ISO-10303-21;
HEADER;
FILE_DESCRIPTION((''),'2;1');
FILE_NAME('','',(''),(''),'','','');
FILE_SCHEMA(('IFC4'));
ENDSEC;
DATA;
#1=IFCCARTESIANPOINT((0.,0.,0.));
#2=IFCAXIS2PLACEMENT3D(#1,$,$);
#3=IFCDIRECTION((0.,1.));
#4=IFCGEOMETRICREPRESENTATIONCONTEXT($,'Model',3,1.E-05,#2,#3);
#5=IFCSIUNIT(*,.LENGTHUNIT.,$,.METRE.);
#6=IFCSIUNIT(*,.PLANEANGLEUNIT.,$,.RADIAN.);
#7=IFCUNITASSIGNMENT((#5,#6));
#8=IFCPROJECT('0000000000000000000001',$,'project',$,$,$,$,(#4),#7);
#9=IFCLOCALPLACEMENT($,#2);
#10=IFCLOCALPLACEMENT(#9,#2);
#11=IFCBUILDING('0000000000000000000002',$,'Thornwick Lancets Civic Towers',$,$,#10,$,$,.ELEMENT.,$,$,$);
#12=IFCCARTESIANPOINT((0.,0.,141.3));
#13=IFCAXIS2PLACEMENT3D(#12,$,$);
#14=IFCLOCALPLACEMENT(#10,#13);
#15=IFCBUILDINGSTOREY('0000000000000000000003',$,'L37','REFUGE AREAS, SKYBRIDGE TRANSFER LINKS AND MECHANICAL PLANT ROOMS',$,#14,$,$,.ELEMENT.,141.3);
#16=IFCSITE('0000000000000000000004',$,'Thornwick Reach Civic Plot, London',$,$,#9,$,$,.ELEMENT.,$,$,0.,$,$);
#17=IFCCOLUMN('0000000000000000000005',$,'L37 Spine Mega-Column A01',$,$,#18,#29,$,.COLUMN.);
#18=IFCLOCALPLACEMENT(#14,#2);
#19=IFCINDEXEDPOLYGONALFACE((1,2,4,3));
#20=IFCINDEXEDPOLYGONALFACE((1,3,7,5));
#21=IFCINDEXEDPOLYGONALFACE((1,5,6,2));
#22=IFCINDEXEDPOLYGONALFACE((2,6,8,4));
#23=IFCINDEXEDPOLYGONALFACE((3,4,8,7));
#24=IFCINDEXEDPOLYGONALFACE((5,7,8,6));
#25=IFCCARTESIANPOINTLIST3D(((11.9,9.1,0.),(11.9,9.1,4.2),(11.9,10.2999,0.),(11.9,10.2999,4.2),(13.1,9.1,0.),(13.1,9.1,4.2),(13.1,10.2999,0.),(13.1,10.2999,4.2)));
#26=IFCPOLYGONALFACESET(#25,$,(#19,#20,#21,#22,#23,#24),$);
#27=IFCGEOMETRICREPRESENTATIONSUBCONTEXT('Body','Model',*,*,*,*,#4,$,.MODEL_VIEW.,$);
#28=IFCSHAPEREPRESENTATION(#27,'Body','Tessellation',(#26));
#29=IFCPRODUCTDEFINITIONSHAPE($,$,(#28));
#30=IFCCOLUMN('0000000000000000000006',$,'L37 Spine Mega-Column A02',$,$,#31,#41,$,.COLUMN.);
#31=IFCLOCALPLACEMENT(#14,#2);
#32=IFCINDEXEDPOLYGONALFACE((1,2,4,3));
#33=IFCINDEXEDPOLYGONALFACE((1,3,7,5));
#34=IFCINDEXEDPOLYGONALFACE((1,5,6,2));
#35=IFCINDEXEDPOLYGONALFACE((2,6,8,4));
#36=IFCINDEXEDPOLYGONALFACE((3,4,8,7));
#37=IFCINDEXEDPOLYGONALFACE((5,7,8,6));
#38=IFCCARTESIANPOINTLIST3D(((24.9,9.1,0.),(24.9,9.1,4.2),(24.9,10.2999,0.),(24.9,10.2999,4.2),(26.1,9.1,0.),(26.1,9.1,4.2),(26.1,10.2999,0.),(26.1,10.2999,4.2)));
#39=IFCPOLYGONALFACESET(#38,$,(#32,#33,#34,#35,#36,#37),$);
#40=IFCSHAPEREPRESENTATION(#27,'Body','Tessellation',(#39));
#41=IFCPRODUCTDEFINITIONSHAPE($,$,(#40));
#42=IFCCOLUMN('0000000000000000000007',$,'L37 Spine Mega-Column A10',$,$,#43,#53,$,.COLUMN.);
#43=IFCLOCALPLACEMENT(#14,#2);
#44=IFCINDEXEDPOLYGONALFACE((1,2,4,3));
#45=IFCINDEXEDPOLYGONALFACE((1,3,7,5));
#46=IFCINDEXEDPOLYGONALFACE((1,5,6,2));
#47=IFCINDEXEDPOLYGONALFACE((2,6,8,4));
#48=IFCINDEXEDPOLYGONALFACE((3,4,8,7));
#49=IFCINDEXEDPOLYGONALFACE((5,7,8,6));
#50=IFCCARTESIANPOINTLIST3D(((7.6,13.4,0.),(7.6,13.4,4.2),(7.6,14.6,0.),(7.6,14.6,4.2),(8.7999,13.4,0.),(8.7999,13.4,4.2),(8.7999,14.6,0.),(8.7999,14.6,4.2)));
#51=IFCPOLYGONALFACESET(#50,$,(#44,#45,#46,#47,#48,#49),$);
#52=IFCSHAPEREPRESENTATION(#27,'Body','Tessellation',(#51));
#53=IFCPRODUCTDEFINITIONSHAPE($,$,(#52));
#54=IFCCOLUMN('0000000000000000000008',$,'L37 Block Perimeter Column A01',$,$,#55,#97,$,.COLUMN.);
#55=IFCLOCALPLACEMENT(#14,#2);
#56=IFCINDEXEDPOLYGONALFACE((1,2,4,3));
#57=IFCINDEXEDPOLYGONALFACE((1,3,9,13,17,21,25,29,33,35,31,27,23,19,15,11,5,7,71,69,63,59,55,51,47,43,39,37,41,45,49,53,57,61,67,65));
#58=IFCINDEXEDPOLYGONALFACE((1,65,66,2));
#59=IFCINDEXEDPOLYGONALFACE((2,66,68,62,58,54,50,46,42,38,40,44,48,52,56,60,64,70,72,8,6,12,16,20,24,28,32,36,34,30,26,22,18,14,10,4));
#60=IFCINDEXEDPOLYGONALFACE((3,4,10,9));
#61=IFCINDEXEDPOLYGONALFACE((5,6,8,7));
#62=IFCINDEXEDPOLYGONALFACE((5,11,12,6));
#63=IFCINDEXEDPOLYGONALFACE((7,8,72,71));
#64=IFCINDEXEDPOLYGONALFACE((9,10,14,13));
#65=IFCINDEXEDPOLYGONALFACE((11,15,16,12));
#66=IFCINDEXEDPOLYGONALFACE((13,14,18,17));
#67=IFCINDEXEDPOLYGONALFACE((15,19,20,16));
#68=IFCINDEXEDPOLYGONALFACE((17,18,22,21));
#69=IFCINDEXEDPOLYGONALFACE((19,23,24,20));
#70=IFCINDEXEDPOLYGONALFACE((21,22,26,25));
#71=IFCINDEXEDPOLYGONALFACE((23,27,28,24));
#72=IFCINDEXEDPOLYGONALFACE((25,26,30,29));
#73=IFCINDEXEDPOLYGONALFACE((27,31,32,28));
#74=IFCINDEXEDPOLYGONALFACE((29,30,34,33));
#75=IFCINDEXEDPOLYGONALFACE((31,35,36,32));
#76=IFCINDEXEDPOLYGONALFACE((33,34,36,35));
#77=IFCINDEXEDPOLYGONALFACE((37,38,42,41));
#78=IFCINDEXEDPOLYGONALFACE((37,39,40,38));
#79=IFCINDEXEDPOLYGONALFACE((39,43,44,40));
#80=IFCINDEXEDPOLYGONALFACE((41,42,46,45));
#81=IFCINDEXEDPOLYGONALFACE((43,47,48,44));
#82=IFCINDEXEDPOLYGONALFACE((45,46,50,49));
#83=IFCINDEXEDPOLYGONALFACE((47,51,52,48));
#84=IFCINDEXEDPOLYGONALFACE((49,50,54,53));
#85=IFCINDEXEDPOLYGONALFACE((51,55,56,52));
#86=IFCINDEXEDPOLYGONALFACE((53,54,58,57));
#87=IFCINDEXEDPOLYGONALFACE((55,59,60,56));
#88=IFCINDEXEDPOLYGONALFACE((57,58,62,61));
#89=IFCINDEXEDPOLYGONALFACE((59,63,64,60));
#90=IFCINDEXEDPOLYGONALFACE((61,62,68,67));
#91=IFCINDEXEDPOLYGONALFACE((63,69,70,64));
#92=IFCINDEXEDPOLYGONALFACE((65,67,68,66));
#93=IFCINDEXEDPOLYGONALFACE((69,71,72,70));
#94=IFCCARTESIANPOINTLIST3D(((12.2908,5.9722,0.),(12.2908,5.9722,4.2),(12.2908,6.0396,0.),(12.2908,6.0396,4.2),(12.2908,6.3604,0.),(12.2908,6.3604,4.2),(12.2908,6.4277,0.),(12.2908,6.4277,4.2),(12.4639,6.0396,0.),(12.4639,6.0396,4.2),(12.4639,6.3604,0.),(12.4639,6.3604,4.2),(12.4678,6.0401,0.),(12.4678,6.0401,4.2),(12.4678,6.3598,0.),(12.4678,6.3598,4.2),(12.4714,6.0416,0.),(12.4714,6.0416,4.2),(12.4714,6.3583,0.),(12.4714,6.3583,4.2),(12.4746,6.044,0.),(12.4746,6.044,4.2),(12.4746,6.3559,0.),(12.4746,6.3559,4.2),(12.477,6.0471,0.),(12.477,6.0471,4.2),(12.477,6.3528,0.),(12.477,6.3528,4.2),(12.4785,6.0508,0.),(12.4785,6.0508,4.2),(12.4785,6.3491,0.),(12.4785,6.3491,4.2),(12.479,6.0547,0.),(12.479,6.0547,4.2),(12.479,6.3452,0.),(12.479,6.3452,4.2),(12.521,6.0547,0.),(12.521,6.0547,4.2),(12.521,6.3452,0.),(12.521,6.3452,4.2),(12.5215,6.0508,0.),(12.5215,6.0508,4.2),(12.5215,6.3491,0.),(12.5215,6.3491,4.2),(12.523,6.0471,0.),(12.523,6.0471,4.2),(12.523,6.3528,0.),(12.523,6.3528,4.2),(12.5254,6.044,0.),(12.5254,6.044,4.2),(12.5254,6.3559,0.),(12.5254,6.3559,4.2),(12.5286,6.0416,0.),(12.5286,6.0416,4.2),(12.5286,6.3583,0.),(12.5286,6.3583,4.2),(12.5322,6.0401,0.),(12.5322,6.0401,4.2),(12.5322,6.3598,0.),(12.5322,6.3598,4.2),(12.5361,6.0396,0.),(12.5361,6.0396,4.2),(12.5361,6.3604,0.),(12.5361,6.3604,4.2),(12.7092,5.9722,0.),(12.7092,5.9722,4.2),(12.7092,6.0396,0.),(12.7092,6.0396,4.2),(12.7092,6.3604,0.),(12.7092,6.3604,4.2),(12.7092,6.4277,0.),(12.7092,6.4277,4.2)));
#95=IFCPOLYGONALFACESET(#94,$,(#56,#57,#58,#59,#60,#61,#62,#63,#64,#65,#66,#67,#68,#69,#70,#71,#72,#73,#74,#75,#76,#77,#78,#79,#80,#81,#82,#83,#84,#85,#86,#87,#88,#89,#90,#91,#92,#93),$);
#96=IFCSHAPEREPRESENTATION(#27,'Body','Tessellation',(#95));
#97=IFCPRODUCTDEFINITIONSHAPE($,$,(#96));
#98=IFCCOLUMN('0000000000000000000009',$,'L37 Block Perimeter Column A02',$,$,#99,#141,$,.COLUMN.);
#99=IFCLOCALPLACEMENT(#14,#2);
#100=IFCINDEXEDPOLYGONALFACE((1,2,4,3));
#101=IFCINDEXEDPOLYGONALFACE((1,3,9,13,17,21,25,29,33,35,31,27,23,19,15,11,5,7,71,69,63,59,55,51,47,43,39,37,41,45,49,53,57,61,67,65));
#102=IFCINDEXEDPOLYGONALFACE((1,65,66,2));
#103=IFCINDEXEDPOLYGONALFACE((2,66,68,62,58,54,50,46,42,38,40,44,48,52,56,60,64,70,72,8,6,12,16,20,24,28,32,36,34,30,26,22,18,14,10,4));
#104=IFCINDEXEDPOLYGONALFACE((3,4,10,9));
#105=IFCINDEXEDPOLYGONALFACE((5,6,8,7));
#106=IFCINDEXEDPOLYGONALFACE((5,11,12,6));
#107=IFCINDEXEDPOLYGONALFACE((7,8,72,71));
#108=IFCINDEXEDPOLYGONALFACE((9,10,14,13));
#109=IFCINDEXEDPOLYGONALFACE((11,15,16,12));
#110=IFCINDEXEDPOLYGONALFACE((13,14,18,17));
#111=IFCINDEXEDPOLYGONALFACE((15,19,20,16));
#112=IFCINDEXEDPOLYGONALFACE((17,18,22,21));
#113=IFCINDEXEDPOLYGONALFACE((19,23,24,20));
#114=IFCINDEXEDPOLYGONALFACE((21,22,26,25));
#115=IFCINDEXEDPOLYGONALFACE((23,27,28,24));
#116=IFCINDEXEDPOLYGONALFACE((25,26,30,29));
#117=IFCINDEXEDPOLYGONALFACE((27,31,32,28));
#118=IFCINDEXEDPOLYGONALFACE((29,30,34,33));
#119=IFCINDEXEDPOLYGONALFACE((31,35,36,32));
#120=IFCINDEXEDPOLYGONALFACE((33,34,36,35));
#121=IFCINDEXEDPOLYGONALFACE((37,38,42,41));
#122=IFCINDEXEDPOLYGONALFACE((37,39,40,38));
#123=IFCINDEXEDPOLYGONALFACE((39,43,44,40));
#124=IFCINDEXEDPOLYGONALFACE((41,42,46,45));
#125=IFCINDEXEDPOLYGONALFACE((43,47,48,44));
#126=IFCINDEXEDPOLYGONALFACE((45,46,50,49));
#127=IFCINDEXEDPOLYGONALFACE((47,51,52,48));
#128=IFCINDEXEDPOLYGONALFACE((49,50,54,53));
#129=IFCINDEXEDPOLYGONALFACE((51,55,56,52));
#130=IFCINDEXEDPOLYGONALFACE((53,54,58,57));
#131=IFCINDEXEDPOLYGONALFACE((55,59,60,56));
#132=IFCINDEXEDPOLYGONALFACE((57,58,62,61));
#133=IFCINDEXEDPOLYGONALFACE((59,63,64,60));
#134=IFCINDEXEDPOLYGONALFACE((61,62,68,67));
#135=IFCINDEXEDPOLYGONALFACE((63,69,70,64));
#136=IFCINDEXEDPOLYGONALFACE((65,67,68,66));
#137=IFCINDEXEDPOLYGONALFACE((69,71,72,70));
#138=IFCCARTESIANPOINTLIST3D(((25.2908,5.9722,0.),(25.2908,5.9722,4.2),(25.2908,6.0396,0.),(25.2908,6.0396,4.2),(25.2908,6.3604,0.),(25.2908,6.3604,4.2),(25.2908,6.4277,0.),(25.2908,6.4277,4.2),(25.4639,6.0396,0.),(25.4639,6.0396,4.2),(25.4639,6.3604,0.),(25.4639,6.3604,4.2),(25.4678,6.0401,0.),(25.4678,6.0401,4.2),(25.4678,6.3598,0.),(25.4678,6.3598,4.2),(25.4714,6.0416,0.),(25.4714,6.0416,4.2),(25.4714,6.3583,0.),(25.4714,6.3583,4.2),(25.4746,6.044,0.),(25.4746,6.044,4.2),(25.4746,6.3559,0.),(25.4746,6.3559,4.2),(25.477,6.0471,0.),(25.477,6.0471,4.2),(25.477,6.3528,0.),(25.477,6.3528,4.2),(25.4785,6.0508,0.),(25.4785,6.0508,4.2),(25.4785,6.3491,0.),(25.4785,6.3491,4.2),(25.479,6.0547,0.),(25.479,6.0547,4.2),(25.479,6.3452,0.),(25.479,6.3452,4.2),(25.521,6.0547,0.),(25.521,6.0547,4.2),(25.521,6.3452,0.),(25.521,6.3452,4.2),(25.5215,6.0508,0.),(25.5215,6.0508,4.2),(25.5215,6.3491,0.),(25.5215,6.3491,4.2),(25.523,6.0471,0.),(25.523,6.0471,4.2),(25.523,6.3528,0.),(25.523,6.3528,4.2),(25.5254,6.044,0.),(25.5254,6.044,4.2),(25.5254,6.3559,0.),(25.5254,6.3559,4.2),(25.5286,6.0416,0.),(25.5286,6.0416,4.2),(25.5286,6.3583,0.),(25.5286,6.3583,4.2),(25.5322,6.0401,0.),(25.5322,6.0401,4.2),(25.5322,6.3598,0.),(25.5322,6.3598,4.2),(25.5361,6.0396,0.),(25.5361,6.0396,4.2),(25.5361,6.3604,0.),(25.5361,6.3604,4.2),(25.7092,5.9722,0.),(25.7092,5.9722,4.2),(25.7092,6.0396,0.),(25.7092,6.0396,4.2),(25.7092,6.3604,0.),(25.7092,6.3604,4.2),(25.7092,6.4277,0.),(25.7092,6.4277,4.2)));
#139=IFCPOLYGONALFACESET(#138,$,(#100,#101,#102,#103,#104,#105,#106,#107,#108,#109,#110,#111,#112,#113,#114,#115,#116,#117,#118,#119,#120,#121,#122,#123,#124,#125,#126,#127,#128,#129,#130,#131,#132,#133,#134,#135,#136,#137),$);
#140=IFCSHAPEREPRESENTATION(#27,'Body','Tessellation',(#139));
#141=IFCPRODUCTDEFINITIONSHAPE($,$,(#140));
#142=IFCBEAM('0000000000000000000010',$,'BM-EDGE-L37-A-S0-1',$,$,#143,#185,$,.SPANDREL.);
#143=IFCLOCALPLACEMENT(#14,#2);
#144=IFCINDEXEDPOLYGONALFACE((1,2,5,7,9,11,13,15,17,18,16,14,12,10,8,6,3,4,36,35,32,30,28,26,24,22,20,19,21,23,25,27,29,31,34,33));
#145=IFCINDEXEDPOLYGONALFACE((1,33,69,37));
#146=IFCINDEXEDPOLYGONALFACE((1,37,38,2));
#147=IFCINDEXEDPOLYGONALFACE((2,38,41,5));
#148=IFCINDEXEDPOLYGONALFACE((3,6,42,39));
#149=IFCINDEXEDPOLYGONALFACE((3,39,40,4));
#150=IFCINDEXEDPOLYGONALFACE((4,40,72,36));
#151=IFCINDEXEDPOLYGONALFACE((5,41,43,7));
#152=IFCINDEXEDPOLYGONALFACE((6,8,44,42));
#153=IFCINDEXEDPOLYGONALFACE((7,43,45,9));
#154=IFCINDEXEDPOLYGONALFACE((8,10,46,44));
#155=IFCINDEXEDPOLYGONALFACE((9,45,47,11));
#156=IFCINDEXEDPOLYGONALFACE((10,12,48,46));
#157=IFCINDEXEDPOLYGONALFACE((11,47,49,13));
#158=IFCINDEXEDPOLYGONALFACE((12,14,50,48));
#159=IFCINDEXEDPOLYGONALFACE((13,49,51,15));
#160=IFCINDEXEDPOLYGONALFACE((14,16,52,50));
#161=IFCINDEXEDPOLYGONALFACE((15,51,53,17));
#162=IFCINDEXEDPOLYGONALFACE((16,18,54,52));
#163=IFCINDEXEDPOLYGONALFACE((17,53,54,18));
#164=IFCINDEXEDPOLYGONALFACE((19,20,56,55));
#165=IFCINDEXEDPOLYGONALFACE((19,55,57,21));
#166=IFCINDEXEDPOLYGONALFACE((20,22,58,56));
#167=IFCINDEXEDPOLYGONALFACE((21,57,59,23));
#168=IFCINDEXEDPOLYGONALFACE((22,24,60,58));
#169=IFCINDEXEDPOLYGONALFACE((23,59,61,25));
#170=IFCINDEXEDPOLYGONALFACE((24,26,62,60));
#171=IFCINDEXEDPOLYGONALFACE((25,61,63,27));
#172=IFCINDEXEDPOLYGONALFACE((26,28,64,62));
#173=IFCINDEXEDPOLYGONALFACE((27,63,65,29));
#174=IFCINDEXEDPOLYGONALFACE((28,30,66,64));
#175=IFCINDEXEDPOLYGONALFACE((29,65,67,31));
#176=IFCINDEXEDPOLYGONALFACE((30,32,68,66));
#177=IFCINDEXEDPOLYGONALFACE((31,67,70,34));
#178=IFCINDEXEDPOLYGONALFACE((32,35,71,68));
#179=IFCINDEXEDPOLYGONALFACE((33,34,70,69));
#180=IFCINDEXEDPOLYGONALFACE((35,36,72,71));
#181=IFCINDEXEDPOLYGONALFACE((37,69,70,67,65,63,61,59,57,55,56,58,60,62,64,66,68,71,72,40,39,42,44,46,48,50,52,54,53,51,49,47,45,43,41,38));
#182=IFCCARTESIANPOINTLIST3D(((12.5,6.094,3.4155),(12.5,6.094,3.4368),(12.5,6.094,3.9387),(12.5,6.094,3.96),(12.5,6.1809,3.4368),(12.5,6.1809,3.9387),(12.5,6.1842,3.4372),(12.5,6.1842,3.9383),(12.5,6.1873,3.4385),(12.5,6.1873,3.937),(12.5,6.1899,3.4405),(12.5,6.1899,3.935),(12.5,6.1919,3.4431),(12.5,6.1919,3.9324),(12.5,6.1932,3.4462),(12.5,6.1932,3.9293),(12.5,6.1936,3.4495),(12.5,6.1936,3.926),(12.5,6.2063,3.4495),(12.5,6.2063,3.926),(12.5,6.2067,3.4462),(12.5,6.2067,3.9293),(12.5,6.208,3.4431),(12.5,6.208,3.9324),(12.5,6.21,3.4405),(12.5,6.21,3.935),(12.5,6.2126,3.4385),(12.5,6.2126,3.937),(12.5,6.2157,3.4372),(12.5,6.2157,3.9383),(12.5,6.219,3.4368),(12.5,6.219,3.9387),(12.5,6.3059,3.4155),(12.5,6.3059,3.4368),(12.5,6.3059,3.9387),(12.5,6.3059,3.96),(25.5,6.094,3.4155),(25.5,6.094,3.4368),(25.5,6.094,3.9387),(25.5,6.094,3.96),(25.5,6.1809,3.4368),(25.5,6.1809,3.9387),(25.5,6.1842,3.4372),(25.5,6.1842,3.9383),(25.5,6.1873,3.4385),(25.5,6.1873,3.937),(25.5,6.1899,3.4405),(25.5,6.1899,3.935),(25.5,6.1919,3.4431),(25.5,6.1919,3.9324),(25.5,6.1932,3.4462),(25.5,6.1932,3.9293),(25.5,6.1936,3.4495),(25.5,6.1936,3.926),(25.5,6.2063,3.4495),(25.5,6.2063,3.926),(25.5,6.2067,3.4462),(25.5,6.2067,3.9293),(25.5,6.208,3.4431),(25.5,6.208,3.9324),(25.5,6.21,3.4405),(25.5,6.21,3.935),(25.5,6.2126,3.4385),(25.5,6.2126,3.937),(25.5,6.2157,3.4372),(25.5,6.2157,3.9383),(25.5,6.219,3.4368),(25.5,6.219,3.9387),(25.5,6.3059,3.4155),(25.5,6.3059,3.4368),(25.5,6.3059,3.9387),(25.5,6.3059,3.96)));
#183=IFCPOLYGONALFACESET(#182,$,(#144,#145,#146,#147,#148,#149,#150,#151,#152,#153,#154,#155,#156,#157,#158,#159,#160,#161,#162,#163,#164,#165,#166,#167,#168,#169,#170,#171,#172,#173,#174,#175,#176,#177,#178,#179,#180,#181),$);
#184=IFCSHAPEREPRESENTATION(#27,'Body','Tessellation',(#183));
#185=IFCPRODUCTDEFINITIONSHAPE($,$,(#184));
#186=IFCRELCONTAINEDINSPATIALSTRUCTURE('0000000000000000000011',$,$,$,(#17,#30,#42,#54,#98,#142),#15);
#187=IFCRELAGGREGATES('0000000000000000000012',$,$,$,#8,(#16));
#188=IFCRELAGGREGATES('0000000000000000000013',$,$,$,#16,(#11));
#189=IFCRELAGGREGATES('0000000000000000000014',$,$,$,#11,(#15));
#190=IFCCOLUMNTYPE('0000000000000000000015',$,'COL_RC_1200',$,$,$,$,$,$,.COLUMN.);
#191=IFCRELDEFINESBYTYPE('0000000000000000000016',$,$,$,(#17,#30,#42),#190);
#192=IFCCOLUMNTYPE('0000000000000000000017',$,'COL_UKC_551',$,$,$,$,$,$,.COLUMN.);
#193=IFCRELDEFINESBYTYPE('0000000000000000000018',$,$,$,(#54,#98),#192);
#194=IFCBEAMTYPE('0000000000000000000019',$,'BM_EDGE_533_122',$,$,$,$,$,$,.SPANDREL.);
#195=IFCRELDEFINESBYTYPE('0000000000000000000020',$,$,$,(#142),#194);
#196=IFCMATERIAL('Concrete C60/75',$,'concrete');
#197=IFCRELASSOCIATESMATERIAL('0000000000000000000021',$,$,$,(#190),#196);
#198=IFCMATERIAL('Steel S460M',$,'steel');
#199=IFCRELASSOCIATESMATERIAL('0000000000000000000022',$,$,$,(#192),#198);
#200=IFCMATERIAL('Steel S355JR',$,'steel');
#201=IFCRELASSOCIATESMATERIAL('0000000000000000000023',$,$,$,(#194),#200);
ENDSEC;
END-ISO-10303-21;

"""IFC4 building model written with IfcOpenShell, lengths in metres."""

from ifc_helpers import new_model, si_unit, direction, frame, origin, origin_2d, place, context, subcontext, project, spatial, rectangle, i_section, extrude, material, material_profile, profile_set, type_object, element, save


model = new_model("IFC4")

# Units and contexts
model_context = context("Model", 3, precision=1e-05, world=origin(), true_north=direction((0.0, 1.0)))
body_context = subcontext(model_context, "Body", "Model", "MODEL_VIEW")
ifc_project = project(units=[si_unit("LENGTHUNIT", "METRE"), si_unit("PLANEANGLEUNIT", "RADIAN")], contexts=[model_context])

# Site, building, storey
site_placement = place(None, origin())
site = spatial("IfcSite", under=ifc_project, at=site_placement, Name="Thornwick Reach Civic Plot, London", CompositionType="ELEMENT", RefElevation=0.0)
building_placement = place(site_placement, origin())
building = spatial("IfcBuilding", under=site, at=building_placement, Name="Thornwick Lancets Civic Towers", CompositionType="ELEMENT")
storey_placement = place(building_placement, frame((0.0, 0.0, 141.3)))
storey = spatial("IfcBuildingStorey", under=building, at=storey_placement, Name="L37", Description="REFUGE AREAS, SKYBRIDGE TRANSFER LINKS AND MECHANICAL PLANT ROOMS", CompositionType="ELEMENT", Elevation=141.3)

# Columns
ifc_material_1 = material(Name="Concrete C60/75", Category="concrete")
ifc_material_profile_1 = material_profile(ifc_material_1, rectangle(XDim=1.2, YDim=1.2, at=origin_2d()), Name="RC 1200x1200")
ifc_profile_set_1 = profile_set([ifc_material_profile_1], Name="Concrete C60/75")
column_type_1 = type_object("IfcColumnType", Name="COL_RC_1200", PredefinedType="COLUMN", material=ifc_profile_set_1)
for number, where, z_axis, x_axis, name in (
    (1, (12.5, 9.7, 0.0), (0.0, 0.0, 1.0), (1.0, 0.0, 0.0), "L37 Spine Mega-Column A01"),
    (2, (25.5, 9.7, 0.0), (0.0, 0.0, 1.0), (1.0, 0.0, 0.0), "L37 Spine Mega-Column A02"),
    (3, (8.2, 14.0, 0.0), (0.0, 0.0, 1.0), (1.0, 0.0, 0.0), "L37 Spine Mega-Column A10"),
):
    element("IfcColumn", number, at=place(storey_placement, frame(where, z_axis=z_axis, x_axis=x_axis)), inside=storey, type_object=column_type_1, Name=name, PredefinedType="COLUMN", context=body_context, shape_type="SweptSolid", body=[
        extrude(rectangle(XDim=1.2, YDim=1.2, at=origin_2d()), origin(), (0.0, 0.0, 1.0), 4.2),
    ])
ifc_material_2 = material(Name="Steel S460M", Category="steel")
ifc_material_profile_2 = material_profile(ifc_material_2, i_section(OverallWidth=0.4185, OverallDepth=0.4556, WebThickness=0.042, FlangeThickness=0.0674, FilletRadius=0.0151, at=origin_2d()), Name="UKC 356x406x551")
ifc_profile_set_2 = profile_set([ifc_material_profile_2], Name="Steel S460M")
column_type_2 = type_object("IfcColumnType", Name="COL_UKC_551", PredefinedType="COLUMN", material=ifc_profile_set_2)
for number, where, z_axis, x_axis, name in (
    (4, (12.5, 6.2, 0.0), (0.0, 0.0, 1.0), (1.0, 0.0, 0.0), "L37 Block Perimeter Column A01"),
    (5, (25.5, 6.2, 0.0), (0.0, 0.0, 1.0), (1.0, 0.0, 0.0), "L37 Block Perimeter Column A02"),
):
    element("IfcColumn", number, at=place(storey_placement, frame(where, z_axis=z_axis, x_axis=x_axis)), inside=storey, type_object=column_type_2, Name=name, PredefinedType="COLUMN", context=body_context, shape_type="SweptSolid", body=[
        extrude(i_section(OverallWidth=0.4185, OverallDepth=0.4556, WebThickness=0.042, FlangeThickness=0.0674, FilletRadius=0.0151, at=origin_2d()), origin(), (0.0, 0.0, 1.0), 4.2),
    ])

# Beam
ifc_material_3 = material(Name="Steel S355JR", Category="steel")
ifc_material_profile_3 = material_profile(ifc_material_3, i_section(OverallWidth=0.2119, OverallDepth=0.5444, WebThickness=0.0127, FlangeThickness=0.0212, FilletRadius=0.0127, at=origin_2d()), Name="UKB 533x210x122")
ifc_profile_set_3 = profile_set([ifc_material_profile_3], Name="Steel S355JR")
beam_type_1 = type_object("IfcBeamType", Name="BM_EDGE_533_122", PredefinedType="SPANDREL", material=ifc_profile_set_3)
beam_1_placement = place(storey_placement, frame((12.5, 6.2, 3.6877), z_axis=(1.0, 0.0, 0.0), x_axis=(0.0, 1.0, 0.0)))
element("IfcBeam", 6, at=beam_1_placement, inside=storey, type_object=beam_type_1, Name="BM-EDGE-L37-A-S0-1", PredefinedType="SPANDREL", context=body_context, shape_type="SweptSolid", body=[
    extrude(i_section(OverallWidth=0.2119, OverallDepth=0.5444, WebThickness=0.0127, FlangeThickness=0.0212, FilletRadius=0.0127, at=origin_2d()), origin(), (0.0, 0.0, 1.0), 13.0),
])

save(model, "model.ifc")
